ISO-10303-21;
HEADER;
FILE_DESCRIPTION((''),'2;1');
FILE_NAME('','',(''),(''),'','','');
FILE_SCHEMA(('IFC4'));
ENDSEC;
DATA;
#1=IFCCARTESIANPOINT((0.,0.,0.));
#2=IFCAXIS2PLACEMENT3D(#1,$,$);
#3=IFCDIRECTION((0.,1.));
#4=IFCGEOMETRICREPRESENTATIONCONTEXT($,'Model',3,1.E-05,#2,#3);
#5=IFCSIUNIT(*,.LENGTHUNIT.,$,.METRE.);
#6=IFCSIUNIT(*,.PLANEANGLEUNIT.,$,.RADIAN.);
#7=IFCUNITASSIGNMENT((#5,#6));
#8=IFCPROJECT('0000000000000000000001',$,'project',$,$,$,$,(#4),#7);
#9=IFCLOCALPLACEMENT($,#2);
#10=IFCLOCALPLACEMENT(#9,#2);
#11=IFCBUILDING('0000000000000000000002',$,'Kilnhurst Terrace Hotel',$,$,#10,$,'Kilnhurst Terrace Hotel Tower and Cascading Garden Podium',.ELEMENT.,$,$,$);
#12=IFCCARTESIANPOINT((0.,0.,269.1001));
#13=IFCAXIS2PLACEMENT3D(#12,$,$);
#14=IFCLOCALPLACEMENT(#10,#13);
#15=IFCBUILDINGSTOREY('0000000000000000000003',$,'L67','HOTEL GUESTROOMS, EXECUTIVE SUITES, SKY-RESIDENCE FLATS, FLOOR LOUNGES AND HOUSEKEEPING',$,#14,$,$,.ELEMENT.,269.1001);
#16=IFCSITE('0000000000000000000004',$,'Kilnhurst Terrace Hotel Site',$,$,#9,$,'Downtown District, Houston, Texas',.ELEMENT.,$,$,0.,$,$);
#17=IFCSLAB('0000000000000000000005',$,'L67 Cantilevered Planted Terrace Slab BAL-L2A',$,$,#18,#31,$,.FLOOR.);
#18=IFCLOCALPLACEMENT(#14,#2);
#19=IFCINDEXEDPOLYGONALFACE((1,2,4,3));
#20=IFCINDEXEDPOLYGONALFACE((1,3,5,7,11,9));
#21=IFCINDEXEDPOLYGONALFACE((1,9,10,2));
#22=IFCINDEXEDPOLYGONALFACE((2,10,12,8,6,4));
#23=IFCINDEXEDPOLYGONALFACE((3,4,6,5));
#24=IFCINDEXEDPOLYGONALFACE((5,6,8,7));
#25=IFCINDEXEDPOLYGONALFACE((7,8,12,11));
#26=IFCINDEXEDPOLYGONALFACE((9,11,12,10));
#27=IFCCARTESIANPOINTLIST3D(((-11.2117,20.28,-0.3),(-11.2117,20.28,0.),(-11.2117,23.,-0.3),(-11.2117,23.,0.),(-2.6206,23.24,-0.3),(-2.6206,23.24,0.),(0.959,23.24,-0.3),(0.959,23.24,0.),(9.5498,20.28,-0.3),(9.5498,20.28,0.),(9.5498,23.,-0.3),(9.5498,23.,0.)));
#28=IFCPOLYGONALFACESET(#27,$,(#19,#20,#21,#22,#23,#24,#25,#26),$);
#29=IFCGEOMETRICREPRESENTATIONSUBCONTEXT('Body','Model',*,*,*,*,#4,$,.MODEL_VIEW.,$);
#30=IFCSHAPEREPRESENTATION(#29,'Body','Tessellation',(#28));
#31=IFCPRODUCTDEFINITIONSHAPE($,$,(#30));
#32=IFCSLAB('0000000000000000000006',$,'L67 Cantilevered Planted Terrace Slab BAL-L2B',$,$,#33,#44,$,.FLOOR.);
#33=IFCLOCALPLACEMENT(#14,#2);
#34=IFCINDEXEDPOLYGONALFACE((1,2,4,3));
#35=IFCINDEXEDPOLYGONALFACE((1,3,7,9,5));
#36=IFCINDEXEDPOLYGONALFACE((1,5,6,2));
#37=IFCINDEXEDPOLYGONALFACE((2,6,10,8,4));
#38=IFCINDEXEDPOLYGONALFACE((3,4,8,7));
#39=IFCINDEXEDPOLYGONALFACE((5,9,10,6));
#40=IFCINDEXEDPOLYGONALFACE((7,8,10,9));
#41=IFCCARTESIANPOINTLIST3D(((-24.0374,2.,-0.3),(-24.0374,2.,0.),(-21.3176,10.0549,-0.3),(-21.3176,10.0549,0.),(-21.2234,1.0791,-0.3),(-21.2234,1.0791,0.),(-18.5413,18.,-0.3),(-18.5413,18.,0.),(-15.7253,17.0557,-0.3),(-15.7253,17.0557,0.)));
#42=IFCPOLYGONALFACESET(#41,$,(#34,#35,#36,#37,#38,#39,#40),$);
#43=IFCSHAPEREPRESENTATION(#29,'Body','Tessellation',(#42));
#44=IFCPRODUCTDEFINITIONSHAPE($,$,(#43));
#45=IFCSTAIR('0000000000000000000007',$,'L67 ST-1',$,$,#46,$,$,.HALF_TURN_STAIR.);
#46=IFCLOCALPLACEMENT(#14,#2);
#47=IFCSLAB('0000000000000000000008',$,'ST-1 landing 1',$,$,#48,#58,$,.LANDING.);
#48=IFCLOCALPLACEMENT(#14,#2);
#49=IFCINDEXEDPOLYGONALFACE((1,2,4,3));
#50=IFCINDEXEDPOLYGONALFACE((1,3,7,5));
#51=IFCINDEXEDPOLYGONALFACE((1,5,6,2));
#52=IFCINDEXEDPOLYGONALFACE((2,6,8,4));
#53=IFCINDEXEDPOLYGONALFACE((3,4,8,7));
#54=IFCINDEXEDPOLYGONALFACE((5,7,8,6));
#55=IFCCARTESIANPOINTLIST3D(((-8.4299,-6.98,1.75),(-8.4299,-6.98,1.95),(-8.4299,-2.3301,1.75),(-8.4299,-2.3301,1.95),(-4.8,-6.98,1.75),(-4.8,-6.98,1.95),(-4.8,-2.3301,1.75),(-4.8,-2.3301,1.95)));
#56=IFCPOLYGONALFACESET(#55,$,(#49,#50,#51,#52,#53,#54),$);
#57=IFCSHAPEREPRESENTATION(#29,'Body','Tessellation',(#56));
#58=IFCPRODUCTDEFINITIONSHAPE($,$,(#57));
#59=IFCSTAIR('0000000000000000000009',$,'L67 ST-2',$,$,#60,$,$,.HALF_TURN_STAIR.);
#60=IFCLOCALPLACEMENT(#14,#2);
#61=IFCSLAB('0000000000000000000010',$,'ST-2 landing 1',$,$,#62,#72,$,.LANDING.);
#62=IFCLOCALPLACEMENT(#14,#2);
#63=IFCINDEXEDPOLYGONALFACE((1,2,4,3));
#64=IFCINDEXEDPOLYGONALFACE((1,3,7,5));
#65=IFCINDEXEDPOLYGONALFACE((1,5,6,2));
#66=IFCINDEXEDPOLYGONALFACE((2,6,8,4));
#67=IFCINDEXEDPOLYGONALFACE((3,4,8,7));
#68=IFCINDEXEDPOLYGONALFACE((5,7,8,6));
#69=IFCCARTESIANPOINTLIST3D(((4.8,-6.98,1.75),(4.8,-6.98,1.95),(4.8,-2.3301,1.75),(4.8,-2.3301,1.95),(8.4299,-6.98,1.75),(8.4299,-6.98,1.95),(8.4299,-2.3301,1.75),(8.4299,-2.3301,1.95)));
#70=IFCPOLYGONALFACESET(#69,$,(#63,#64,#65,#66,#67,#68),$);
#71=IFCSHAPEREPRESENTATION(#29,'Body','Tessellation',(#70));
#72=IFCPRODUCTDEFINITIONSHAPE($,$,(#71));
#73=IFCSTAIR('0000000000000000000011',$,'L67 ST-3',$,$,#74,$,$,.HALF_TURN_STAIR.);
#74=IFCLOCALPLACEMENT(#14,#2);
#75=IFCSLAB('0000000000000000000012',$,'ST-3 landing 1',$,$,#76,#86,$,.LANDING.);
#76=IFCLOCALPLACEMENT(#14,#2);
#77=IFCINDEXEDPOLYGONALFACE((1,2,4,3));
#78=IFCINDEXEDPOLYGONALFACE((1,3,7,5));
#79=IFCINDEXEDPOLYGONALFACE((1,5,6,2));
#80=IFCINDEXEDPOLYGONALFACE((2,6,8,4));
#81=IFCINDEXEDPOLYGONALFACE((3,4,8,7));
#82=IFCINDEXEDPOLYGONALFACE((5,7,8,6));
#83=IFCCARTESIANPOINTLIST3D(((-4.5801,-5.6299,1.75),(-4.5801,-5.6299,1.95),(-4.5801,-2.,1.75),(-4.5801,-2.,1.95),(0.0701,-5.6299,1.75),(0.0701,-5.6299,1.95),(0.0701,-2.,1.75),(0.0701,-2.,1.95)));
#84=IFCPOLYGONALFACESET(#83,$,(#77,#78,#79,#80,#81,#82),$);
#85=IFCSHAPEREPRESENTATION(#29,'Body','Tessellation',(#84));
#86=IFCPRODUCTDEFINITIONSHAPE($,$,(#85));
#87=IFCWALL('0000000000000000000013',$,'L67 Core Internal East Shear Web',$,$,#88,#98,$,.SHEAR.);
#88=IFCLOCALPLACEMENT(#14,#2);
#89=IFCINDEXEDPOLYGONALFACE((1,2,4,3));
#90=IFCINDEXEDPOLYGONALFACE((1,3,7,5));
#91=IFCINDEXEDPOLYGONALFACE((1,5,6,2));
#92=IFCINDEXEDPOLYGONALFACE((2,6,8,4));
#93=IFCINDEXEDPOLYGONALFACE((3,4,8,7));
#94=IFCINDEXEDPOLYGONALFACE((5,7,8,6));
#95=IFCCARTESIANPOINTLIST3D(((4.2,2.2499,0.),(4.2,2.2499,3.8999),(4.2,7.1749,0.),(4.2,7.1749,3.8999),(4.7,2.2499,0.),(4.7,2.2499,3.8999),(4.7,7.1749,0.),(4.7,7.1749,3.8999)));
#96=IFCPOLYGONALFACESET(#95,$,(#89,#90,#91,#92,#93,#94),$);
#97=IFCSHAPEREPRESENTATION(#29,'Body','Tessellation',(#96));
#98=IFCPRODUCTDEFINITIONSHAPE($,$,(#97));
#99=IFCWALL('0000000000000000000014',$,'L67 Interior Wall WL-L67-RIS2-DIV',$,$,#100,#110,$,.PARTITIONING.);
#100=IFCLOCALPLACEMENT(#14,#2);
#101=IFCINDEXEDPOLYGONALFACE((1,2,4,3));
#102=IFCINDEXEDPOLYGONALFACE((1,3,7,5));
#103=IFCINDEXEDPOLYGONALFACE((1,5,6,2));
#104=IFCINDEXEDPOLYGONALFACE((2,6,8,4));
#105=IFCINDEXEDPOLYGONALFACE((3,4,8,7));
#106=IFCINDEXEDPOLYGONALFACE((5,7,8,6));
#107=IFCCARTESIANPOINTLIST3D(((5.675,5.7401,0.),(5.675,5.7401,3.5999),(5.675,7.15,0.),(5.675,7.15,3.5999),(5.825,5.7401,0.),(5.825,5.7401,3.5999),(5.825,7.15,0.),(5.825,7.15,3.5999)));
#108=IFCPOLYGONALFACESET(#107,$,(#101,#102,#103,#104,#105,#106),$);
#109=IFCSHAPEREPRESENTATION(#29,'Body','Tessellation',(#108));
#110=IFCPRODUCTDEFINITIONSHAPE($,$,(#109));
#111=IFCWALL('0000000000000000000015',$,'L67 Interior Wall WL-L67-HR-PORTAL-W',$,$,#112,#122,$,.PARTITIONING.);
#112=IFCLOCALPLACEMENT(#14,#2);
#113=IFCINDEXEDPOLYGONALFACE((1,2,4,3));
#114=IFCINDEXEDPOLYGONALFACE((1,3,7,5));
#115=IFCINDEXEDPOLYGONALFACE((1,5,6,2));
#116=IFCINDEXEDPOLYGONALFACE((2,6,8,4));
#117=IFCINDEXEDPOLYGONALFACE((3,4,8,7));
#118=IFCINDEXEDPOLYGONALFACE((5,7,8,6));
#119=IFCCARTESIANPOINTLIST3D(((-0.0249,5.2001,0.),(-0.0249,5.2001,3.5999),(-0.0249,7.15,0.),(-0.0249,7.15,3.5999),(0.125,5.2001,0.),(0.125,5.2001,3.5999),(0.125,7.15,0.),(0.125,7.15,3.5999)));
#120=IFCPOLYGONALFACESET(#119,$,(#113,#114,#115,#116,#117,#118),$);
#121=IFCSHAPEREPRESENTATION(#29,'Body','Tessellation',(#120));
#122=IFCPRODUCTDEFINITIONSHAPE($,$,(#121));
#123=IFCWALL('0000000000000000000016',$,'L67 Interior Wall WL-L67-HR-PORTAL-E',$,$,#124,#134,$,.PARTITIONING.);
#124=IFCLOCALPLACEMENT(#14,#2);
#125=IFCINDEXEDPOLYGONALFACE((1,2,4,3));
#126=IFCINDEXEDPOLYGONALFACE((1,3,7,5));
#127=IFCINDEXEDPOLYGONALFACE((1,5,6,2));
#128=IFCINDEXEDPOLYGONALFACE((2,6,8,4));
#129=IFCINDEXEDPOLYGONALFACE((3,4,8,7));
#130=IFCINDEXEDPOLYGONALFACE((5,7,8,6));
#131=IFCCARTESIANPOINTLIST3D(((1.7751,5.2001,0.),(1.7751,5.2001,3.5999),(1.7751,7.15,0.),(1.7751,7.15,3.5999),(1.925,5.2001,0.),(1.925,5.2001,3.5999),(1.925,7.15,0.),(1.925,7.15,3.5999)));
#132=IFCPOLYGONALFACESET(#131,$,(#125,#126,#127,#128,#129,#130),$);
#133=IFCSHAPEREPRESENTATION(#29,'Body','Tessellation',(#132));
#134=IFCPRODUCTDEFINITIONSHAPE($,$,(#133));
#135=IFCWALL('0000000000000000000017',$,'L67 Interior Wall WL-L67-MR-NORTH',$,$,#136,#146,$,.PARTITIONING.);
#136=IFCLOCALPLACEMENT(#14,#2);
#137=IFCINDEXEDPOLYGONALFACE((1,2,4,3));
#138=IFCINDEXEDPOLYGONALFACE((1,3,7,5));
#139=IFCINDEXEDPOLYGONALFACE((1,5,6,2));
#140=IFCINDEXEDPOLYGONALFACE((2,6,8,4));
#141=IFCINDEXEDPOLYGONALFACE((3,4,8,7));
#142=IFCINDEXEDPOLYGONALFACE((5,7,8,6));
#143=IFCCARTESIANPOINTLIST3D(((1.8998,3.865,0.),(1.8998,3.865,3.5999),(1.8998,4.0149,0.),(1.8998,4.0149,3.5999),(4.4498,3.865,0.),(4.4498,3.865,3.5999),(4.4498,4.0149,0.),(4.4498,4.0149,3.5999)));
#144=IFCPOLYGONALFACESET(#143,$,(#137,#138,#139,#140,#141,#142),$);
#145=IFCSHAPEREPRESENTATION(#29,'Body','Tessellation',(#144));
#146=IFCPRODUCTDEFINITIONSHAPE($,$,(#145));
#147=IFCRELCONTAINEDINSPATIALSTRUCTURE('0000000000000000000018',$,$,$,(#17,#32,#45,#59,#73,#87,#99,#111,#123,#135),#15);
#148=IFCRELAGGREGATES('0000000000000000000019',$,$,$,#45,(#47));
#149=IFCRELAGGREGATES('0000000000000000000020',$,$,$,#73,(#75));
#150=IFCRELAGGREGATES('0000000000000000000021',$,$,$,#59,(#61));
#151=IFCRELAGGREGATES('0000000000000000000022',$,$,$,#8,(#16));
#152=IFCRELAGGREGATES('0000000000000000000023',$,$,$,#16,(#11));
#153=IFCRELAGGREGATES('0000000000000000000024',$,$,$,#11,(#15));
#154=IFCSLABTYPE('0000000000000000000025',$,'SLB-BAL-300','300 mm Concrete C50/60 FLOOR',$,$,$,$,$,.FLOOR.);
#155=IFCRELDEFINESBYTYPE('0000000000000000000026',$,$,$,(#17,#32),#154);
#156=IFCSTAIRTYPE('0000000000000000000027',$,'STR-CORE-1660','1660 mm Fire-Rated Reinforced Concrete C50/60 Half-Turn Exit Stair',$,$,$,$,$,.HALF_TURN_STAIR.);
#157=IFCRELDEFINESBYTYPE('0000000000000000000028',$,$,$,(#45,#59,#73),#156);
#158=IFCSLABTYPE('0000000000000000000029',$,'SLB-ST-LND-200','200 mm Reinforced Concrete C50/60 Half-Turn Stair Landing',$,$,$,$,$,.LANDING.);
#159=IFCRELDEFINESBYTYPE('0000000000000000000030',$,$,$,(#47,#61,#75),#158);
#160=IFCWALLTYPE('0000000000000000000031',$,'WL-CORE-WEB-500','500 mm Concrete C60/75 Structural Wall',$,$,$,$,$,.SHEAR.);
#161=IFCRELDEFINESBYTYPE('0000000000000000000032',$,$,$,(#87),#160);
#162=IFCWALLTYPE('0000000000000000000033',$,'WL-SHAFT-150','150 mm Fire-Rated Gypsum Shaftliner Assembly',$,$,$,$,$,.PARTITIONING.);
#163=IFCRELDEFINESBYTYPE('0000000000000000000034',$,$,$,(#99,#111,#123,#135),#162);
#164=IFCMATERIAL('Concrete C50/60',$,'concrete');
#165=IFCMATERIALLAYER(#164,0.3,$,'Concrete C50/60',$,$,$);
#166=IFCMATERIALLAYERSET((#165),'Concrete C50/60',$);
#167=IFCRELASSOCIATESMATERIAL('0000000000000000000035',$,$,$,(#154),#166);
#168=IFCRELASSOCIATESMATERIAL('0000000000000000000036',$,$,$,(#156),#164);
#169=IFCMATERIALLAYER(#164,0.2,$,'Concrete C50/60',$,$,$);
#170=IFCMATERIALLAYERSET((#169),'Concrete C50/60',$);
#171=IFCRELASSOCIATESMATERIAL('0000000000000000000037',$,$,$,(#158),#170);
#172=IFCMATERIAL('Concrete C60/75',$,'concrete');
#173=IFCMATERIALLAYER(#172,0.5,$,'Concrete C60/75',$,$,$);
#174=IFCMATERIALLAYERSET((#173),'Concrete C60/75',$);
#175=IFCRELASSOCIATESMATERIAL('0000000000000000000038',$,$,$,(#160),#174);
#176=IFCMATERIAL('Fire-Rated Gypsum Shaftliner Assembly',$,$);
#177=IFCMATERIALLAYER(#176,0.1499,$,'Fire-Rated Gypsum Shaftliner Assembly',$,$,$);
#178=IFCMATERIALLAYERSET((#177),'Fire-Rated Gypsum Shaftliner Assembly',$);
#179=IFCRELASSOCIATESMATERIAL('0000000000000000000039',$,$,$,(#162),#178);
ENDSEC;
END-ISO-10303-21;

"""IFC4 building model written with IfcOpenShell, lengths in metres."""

from ifc_helpers import new_model, si_unit, direction, frame, frame_2d, origin, place, context, subcontext, project, spatial, polyline, rectangle, outline, extrude, material, layer, layer_set, type_object, element, aggregate, save


model = new_model("IFC4")

# Units and contexts
model_context = context("Model", 3, precision=1e-05, world=origin(), true_north=direction((0.0, 1.0)))
body_context = subcontext(model_context, "Body", "Model", "MODEL_VIEW")
ifc_project = project(units=[si_unit("LENGTHUNIT", "METRE"), si_unit("PLANEANGLEUNIT", "RADIAN")], contexts=[model_context])

# Site, building, storey
site_placement = place(None, origin())
site = spatial("IfcSite", under=ifc_project, at=site_placement, Name="Kilnhurst Terrace Hotel Site", LongName="Downtown District, Houston, Texas", CompositionType="ELEMENT", RefElevation=0.0)
building_placement = place(site_placement, origin())
building = spatial("IfcBuilding", under=site, at=building_placement, Name="Kilnhurst Terrace Hotel", LongName="Kilnhurst Terrace Hotel Tower and Cascading Garden Podium", CompositionType="ELEMENT")
storey_placement = place(building_placement, frame((0.0, 0.0, 269.1001)))
storey = spatial("IfcBuildingStorey", under=building, at=storey_placement, Name="L67", Description="HOTEL GUESTROOMS, EXECUTIVE SUITES, SKY-RESIDENCE FLATS, FLOOR LOUNGES AND HOUSEKEEPING", CompositionType="ELEMENT", Elevation=269.1001)

# Slabs
ifc_material_1 = material(Name="Concrete C50/60", Category="concrete")
ifc_layer_1 = layer(ifc_material_1, 0.3, Name="Concrete C50/60")
ifc_layer_set_1 = layer_set([ifc_layer_1], Name="Concrete C50/60")
slab_type_1 = type_object("IfcSlabType", Name="SLB-BAL-300", Description="300 mm Concrete C50/60 FLOOR", PredefinedType="FLOOR", material=ifc_layer_set_1)
slab_1_placement = place(storey_placement, frame((0.0, 0.0, -0.3)))
element("IfcSlab", 1, at=slab_1_placement, inside=storey, type_object=slab_type_1, Name="L67 Cantilevered Planted Terrace Slab BAL-L2A", PredefinedType="FLOOR", context=body_context, shape_type="SweptSolid", body=[
    extrude(outline(polyline([(0.959, 23.24), (9.5498, 23.0), (9.5498, 20.28), (-11.2117, 20.28), (-11.2117, 23.0), (-2.6206, 23.24), (0.959, 23.24)])), origin(), (0.0, 0.0, 1.0), 0.3),
])
slab_2_placement = place(storey_placement, frame((0.0, 0.0, -0.3)))
element("IfcSlab", 2, at=slab_2_placement, inside=storey, type_object=slab_type_1, Name="L67 Cantilevered Planted Terrace Slab BAL-L2B", PredefinedType="FLOOR", context=body_context, shape_type="SweptSolid", body=[
    extrude(outline(polyline([(-18.5413, 18.0), (-15.7253, 17.0557), (-21.2234, 1.0791), (-24.0374, 2.0), (-21.3176, 10.0549), (-18.5413, 18.0)])), origin(), (0.0, 0.0, 1.0), 0.3),
])

# Stairs, slabs
stair_type = type_object("IfcStairType", Name="STR-CORE-1660", Description="1660 mm Fire-Rated Reinforced Concrete C50/60 Half-Turn Exit Stair", PredefinedType="HALF_TURN_STAIR", material=ifc_material_1)
stair_1_placement = place(storey_placement, origin())
stair_1 = element("IfcStair", 3, at=stair_1_placement, inside=storey, type_object=stair_type, Name="L67 ST-1", PredefinedType="HALF_TURN_STAIR")
ifc_layer_2 = layer(ifc_material_1, 0.2, Name="Concrete C50/60")
ifc_layer_set_2 = layer_set([ifc_layer_2], Name="Concrete C50/60")
slab_type_2 = type_object("IfcSlabType", Name="SLB-ST-LND-200", Description="200 mm Reinforced Concrete C50/60 Half-Turn Stair Landing", PredefinedType="LANDING", material=ifc_layer_set_2)
slab_3_placement = place(storey_placement, frame((0.0, 0.0, 1.75)))
slab_3 = element("IfcSlab", 4, at=slab_3_placement, type_object=slab_type_2, Name="ST-1 landing 1", PredefinedType="LANDING", context=body_context, shape_type="SweptSolid", body=[
    extrude(outline(polyline([(-8.4299, -2.3301), (-4.8, -2.3301), (-4.8, -6.98), (-8.4299, -6.98), (-8.4299, -2.3301)])), origin(), (0.0, 0.0, 1.0), 0.2),
])
aggregate(stair_1, [slab_3])
stair_2_placement = place(storey_placement, origin())
stair_2 = element("IfcStair", 5, at=stair_2_placement, inside=storey, type_object=stair_type, Name="L67 ST-2", PredefinedType="HALF_TURN_STAIR")
slab_4_placement = place(storey_placement, frame((0.0, 0.0, 1.75)))
slab_4 = element("IfcSlab", 6, at=slab_4_placement, type_object=slab_type_2, Name="ST-2 landing 1", PredefinedType="LANDING", context=body_context, shape_type="SweptSolid", body=[
    extrude(outline(polyline([(4.8, -2.3301), (8.4299, -2.3301), (8.4299, -6.98), (4.8, -6.98), (4.8, -2.3301)])), origin(), (0.0, 0.0, 1.0), 0.2),
])
stair_3_placement = place(storey_placement, origin())
stair_3 = element("IfcStair", 7, at=stair_3_placement, inside=storey, type_object=stair_type, Name="L67 ST-3", PredefinedType="HALF_TURN_STAIR")
slab_5_placement = place(storey_placement, frame((0.0, 0.0, 1.75)))
slab_5 = element("IfcSlab", 8, at=slab_5_placement, type_object=slab_type_2, Name="ST-3 landing 1", PredefinedType="LANDING", context=body_context, shape_type="SweptSolid", body=[
    extrude(outline(polyline([(0.0701, -2.0), (0.0701, -5.6299), (-4.5801, -5.6299), (-4.5801, -2.0), (0.0701, -2.0)])), origin(), (0.0, 0.0, 1.0), 0.2),
])
aggregate(stair_3, [slab_5])

# Walls
ifc_material_2 = material(Name="Concrete C60/75", Category="concrete")
ifc_layer_3 = layer(ifc_material_2, 0.5, Name="Concrete C60/75")
ifc_layer_set_3 = layer_set([ifc_layer_3], Name="Concrete C60/75")
wall_type_1 = type_object("IfcWallType", Name="WL-CORE-WEB-500", Description="500 mm Concrete C60/75 Structural Wall", PredefinedType="SHEAR", material=ifc_layer_set_3)
wall_1_placement = place(storey_placement, frame((4.45, 2.25, 0.0), z_axis=(0.0, 0.0, 1.0), x_axis=(0.0, 1.0, 0.0)))
element("IfcWall", 9, at=wall_1_placement, inside=storey, type_object=wall_type_1, Name="L67 Core Internal East Shear Web", PredefinedType="SHEAR", context=body_context, shape_type="SweptSolid", body=[
    extrude(rectangle(XDim=4.925, YDim=0.5, at=frame_2d((2.4624, 0.0))), origin(), (0.0, 0.0, 1.0), 3.8999),
])
ifc_material_3 = material(Name="Fire-Rated Gypsum Shaftliner Assembly")
ifc_layer_4 = layer(ifc_material_3, 0.1499, Name="Fire-Rated Gypsum Shaftliner Assembly")
ifc_layer_set_4 = layer_set([ifc_layer_4], Name="Fire-Rated Gypsum Shaftliner Assembly")
wall_type_2 = type_object("IfcWallType", Name="WL-SHAFT-150", Description="150 mm Fire-Rated Gypsum Shaftliner Assembly", PredefinedType="PARTITIONING", material=ifc_layer_set_4)
wall_2_placement = place(storey_placement, frame((5.75, 5.74, 0.0), z_axis=(0.0, 0.0, 1.0), x_axis=(0.0, 1.0, 0.0)))
element("IfcWall", 10, at=wall_2_placement, inside=storey, type_object=wall_type_2, Name="L67 Interior Wall WL-L67-RIS2-DIV", PredefinedType="PARTITIONING", context=body_context, shape_type="SweptSolid", body=[
    extrude(rectangle(XDim=1.4099, YDim=0.1499, at=frame_2d((0.7051, 0.0))), origin(), (0.0, 0.0, 1.0), 3.5999),
])
for number, where, z_axis, x_axis, name in (
    (11, (0.05, 5.2, 0.0), (0.0, 0.0, 1.0), (0.0, 1.0, 0.0), "L67 Interior Wall WL-L67-HR-PORTAL-W"),
    (12, (1.8501, 5.2, 0.0), (0.0, 0.0, 1.0), (0.0, 1.0, 0.0), "L67 Interior Wall WL-L67-HR-PORTAL-E"),
):
    element("IfcWall", number, at=place(storey_placement, frame(where, z_axis=z_axis, x_axis=x_axis)), inside=storey, type_object=wall_type_2, Name=name, PredefinedType="PARTITIONING", context=body_context, shape_type="SweptSolid", body=[
        extrude(rectangle(XDim=1.95, YDim=0.1499, at=frame_2d((0.9751, 0.0))), origin(), (0.0, 0.0, 1.0), 3.5999),
    ])
wall_3_placement = place(storey_placement, frame((1.8999, 3.9399, 0.0), z_axis=(0.0, 0.0, 1.0), x_axis=(1.0, 0.0, 0.0)))
element("IfcWall", 13, at=wall_3_placement, inside=storey, type_object=wall_type_2, Name="L67 Interior Wall WL-L67-MR-NORTH", PredefinedType="PARTITIONING", context=body_context, shape_type="SweptSolid", body=[
    extrude(rectangle(XDim=2.55, YDim=0.1499, at=frame_2d((1.2749, 0.0))), origin(), (0.0, 0.0, 1.0), 3.5999),
])

aggregate(stair_2, [slab_4])

save(model, "model.ifc")
